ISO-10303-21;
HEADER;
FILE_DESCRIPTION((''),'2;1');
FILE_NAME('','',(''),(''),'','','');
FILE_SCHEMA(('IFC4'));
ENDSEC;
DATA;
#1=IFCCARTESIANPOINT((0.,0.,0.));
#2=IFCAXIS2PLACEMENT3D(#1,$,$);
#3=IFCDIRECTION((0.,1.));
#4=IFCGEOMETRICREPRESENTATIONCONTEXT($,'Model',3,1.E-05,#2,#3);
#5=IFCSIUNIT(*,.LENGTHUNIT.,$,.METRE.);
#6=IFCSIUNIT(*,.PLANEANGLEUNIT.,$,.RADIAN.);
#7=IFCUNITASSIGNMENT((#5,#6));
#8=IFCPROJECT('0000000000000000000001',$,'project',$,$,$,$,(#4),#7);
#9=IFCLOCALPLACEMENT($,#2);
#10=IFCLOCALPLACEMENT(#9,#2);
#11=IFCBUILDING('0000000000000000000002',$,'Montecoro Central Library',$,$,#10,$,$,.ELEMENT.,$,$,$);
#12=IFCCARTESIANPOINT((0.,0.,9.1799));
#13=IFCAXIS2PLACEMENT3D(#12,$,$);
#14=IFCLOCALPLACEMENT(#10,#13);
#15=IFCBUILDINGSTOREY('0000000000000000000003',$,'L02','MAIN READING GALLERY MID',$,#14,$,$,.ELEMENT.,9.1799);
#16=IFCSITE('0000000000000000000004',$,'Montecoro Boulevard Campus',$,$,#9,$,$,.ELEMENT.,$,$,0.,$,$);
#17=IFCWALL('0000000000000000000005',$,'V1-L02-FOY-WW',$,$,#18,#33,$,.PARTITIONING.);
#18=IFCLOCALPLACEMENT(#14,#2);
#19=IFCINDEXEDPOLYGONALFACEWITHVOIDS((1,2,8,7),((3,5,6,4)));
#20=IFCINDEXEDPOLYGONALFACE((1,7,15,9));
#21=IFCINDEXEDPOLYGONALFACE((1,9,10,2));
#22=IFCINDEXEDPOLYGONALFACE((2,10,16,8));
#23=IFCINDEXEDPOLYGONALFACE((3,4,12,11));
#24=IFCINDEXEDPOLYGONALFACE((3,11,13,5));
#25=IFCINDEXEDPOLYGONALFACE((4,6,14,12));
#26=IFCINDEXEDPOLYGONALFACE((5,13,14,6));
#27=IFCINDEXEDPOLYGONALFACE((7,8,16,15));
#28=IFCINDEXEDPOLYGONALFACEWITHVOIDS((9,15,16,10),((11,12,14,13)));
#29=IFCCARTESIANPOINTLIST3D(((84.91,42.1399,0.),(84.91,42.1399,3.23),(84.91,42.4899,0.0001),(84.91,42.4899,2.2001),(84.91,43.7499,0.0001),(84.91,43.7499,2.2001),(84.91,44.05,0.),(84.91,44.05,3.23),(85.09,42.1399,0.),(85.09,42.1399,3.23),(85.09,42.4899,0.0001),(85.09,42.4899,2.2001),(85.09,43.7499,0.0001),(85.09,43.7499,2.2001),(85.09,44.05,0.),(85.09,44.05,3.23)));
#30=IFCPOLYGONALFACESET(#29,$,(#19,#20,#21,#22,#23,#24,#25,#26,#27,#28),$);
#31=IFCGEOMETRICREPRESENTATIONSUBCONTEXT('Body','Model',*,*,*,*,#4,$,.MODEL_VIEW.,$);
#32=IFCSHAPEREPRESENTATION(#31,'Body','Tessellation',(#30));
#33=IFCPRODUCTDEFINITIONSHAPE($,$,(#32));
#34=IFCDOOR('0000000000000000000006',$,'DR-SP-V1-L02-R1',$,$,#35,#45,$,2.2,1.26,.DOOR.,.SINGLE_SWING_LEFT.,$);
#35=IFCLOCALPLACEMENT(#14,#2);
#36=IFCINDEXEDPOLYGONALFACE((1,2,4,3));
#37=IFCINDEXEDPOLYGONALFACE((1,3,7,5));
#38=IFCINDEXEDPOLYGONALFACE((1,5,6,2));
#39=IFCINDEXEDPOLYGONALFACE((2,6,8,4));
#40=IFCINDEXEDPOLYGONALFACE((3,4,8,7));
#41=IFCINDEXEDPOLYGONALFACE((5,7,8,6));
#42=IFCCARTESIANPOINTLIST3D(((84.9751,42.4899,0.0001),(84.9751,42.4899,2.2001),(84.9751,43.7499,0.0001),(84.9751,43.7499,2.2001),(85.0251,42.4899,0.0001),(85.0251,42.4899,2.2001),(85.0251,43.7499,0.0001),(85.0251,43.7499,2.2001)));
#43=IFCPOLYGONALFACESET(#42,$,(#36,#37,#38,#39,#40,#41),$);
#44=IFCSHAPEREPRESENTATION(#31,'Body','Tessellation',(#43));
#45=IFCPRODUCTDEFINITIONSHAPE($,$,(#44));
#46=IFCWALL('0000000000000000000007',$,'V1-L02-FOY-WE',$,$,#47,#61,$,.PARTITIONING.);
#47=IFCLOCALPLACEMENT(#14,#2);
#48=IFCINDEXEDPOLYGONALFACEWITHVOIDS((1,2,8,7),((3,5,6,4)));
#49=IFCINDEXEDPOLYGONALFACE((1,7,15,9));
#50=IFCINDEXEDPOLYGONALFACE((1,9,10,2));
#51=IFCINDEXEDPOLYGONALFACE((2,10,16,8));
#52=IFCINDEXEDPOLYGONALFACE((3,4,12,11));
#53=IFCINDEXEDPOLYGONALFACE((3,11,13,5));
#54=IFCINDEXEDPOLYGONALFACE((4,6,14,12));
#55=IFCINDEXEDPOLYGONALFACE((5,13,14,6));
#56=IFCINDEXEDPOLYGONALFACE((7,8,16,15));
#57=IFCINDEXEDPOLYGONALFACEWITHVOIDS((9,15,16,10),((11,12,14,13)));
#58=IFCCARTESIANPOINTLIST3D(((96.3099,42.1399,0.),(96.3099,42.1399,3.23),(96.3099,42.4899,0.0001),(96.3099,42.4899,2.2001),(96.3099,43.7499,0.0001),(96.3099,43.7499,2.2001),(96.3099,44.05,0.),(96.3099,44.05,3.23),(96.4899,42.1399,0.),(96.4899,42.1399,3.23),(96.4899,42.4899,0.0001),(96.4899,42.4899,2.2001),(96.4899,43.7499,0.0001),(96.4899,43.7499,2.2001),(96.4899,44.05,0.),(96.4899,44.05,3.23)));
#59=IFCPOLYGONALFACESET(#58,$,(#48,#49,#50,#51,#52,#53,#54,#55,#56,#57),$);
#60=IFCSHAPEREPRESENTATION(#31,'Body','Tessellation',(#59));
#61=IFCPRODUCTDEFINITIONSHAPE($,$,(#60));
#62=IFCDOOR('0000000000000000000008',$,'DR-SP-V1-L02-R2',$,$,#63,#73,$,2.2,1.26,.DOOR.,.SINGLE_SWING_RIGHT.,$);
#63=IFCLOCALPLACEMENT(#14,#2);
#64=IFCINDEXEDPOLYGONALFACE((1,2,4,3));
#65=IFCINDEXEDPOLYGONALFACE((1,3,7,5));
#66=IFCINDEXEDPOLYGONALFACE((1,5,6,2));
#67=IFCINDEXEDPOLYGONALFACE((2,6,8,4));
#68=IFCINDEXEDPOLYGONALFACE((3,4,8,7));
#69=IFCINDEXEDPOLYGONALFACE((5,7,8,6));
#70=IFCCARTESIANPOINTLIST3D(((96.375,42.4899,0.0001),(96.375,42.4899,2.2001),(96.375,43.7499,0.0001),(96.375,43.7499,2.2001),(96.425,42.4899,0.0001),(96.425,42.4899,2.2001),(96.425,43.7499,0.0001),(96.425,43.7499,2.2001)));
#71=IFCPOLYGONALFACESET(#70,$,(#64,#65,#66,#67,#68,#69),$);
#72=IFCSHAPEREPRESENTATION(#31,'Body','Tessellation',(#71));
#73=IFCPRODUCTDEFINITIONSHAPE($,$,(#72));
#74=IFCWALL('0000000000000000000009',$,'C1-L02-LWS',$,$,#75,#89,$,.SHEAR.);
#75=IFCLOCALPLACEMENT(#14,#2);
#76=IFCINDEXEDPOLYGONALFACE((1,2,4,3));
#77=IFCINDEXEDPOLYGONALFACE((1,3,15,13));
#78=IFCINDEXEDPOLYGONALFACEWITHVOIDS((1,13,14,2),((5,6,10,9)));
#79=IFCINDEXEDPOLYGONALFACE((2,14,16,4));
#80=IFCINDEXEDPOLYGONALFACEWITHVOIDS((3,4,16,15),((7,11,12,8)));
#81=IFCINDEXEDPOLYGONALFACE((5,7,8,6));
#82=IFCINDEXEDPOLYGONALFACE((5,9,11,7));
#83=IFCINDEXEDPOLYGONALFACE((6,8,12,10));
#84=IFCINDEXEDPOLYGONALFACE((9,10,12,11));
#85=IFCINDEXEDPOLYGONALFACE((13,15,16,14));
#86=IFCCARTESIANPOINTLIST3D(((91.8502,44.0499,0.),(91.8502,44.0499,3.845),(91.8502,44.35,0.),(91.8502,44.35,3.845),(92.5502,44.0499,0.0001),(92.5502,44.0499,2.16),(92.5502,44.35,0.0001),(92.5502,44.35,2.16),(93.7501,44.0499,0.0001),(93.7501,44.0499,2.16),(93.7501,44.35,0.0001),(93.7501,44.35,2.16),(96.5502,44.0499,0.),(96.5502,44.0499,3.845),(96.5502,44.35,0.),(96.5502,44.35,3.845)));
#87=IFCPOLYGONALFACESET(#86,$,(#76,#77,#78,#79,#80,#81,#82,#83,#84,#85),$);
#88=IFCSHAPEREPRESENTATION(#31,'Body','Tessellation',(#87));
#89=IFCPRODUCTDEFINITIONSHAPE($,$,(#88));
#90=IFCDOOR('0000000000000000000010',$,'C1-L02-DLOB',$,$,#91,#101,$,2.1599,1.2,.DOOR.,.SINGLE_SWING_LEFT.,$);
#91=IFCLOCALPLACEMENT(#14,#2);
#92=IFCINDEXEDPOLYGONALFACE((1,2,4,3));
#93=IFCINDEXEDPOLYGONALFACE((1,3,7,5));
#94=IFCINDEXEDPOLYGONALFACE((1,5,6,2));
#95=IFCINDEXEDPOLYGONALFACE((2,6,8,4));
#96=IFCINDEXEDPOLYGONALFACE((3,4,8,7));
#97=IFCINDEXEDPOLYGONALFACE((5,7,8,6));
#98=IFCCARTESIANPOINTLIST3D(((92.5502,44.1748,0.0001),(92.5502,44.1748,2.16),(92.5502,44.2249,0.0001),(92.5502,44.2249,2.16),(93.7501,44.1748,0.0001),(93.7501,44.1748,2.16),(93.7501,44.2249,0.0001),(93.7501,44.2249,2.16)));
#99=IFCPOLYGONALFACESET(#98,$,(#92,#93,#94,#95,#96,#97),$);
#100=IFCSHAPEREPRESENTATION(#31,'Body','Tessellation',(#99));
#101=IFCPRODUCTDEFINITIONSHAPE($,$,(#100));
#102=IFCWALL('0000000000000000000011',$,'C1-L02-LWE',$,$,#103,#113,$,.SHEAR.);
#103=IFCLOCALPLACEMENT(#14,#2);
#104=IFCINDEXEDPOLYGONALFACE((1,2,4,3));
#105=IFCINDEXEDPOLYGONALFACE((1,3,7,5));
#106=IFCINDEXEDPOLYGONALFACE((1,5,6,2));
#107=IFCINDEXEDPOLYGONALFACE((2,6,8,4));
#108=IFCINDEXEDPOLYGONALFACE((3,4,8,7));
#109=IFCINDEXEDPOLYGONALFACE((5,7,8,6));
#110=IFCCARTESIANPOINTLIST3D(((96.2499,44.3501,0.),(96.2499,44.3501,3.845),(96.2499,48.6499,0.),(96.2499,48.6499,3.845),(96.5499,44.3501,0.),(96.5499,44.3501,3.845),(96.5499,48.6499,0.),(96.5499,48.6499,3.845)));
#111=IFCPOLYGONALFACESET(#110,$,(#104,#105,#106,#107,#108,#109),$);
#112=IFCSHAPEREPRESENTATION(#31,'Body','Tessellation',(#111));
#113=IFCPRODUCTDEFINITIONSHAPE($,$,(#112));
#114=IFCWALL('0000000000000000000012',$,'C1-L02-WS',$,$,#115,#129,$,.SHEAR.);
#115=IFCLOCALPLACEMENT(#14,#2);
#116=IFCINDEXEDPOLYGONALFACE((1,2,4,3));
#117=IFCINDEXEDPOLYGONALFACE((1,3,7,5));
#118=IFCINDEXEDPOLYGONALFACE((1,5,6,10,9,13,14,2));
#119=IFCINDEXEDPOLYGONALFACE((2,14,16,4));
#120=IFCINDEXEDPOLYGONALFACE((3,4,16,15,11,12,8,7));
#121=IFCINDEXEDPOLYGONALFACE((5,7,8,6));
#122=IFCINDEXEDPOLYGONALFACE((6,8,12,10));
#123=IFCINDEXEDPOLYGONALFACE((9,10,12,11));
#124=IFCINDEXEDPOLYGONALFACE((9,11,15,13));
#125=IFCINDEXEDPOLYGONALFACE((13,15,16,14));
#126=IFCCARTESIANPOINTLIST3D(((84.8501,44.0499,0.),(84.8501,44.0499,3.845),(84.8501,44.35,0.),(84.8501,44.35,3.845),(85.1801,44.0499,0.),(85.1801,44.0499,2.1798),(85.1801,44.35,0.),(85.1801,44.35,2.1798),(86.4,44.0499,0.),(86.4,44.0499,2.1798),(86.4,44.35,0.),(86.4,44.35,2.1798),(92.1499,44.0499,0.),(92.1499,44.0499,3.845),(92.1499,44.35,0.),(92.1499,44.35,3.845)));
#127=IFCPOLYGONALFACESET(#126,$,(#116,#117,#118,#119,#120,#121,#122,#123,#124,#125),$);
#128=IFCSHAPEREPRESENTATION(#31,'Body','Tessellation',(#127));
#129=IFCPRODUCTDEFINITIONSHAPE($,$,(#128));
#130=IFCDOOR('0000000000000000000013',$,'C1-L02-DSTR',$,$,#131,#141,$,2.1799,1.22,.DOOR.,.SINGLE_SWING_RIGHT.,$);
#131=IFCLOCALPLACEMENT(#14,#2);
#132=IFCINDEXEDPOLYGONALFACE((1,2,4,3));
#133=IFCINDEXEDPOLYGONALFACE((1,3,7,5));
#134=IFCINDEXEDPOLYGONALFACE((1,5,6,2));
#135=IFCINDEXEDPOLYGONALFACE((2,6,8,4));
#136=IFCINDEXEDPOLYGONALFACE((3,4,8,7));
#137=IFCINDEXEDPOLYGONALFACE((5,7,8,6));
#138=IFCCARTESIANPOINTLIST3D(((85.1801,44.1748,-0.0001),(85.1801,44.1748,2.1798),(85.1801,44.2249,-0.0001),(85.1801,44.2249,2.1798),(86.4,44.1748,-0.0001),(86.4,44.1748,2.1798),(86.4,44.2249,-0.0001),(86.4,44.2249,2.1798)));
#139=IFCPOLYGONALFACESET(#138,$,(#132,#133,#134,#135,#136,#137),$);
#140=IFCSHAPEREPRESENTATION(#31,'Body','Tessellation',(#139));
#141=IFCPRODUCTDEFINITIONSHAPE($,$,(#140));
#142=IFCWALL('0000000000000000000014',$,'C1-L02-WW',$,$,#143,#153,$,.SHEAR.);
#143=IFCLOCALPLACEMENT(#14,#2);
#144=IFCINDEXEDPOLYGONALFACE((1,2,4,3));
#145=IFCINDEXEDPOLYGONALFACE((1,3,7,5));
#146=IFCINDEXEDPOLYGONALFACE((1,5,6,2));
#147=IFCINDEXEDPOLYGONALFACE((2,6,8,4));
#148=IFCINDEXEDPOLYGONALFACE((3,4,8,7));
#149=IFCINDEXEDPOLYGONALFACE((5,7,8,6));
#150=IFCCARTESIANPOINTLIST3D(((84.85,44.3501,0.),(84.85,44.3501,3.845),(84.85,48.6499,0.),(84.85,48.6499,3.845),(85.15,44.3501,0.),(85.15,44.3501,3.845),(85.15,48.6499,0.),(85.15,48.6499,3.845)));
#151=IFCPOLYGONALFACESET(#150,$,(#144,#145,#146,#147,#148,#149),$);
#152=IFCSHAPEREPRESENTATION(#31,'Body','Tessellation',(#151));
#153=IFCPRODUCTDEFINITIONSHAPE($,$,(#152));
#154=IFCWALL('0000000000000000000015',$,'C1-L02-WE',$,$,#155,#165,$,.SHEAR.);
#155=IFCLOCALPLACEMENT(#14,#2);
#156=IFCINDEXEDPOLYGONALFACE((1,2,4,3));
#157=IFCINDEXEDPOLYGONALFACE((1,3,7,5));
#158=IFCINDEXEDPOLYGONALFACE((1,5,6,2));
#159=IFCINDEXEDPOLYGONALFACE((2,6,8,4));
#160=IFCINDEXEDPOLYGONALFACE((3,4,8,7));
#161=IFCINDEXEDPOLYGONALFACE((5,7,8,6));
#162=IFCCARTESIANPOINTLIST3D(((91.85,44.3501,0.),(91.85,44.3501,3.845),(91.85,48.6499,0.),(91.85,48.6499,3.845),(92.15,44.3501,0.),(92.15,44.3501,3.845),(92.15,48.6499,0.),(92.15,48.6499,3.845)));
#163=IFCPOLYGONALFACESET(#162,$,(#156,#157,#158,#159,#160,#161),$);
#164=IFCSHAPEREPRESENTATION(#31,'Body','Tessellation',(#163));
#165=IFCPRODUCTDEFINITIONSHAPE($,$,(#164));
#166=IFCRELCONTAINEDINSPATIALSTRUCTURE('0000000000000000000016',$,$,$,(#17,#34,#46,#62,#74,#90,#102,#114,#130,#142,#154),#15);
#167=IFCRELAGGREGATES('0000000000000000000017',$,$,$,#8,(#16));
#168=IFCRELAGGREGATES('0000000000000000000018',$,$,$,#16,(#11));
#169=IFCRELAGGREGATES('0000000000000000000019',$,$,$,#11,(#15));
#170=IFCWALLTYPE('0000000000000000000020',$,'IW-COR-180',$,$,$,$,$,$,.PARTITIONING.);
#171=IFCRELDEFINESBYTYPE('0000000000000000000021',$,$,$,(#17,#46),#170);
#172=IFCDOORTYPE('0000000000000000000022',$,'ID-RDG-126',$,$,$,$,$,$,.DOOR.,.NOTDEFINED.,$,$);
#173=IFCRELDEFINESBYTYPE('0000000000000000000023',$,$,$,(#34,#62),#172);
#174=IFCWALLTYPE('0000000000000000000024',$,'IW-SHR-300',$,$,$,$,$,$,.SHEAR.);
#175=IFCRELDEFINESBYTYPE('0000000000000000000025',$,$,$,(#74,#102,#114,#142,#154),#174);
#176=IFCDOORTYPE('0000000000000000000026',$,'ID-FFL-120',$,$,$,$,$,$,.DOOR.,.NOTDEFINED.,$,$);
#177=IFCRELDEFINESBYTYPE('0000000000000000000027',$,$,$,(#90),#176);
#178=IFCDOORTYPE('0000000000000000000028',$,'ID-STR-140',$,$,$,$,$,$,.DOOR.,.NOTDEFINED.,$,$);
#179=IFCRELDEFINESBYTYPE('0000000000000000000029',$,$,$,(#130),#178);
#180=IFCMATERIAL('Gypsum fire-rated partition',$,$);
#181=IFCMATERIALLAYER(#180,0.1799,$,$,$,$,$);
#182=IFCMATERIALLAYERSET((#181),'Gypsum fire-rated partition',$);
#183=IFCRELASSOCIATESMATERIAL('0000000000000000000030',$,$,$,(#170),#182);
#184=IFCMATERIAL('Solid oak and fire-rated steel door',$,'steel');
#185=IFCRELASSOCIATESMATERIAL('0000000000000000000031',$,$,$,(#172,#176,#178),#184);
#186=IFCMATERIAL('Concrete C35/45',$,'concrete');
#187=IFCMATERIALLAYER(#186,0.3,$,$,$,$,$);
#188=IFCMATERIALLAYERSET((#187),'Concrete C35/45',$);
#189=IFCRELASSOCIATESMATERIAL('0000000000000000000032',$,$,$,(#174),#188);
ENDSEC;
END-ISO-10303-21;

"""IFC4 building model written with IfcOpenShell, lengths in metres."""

from ifc_helpers import new_model, si_unit, direction, frame, frame_2d, origin, place, context, subcontext, project, spatial, rectangle, extrude, material, layer, layer_set, type_object, element, fill, save


model = new_model("IFC4")

# Units and contexts
model_context = context("Model", 3, precision=1e-05, world=origin(), true_north=direction((0.0, 1.0)))
body_context = subcontext(model_context, "Body", "Model", "MODEL_VIEW")
ifc_project = project(units=[si_unit("LENGTHUNIT", "METRE"), si_unit("PLANEANGLEUNIT", "RADIAN")], contexts=[model_context])

# Site, building, storey
site_placement = place(None, origin())
site = spatial("IfcSite", under=ifc_project, at=site_placement, Name="Montecoro Boulevard Campus", CompositionType="ELEMENT", RefElevation=0.0)
building_placement = place(site_placement, origin())
building = spatial("IfcBuilding", under=site, at=building_placement, Name="Montecoro Central Library", CompositionType="ELEMENT")
storey_placement = place(building_placement, frame((0.0, 0.0, 9.1799)))
storey = spatial("IfcBuildingStorey", under=building, at=storey_placement, Name="L02", Description="MAIN READING GALLERY MID", CompositionType="ELEMENT", Elevation=9.1799)

# Shared definitions
ifc_material_1 = material(Name="Concrete C35/45", Category="concrete")

# Shared definitions
ifc_material_2 = material(Name="Gypsum fire-rated partition")
ifc_layer_1 = layer(ifc_material_2, 0.1799)
ifc_layer_set_1 = layer_set([ifc_layer_1], Name="Gypsum fire-rated partition")
wall_type_1 = type_object("IfcWallType", Name="IW-COR-180", PredefinedType="PARTITIONING", material=ifc_layer_set_1)

# Walls, openings, doors
wall_1_placement = place(storey_placement, frame((85.0, 42.1399, 0.0), z_axis=(0.0, 0.0, 1.0), x_axis=(0.0, 1.0, 0.0)))
wall_1 = element("IfcWall", 1, at=wall_1_placement, inside=storey, type_object=wall_type_1, Name="V1-L02-FOY-WW", PredefinedType="PARTITIONING", context=body_context, shape_type="SweptSolid", body=[
    extrude(rectangle(XDim=1.9102, YDim=0.1799, at=frame_2d((0.9551, 0.0))), origin(), (0.0, 0.0, 1.0), 3.23),
])
opening_1_placement = place(wall_1_placement, frame((0.3501, 0.0, 0.0)))
opening_1 = element("IfcOpeningElement", 2, at=opening_1_placement, cuts=wall_1, PredefinedType="OPENING", context=body_context, shape_type="SweptSolid", body=[
    extrude(rectangle(XDim=1.26, YDim=2.2, at=frame_2d((0.6299, 1.1001))), frame((0.0, 0.0999, 0.0), z_axis=(0.0, -1.0, 0.0), x_axis=(1.0, 0.0, 0.0)), (0.0, 0.0, 1.0), 0.2),
])
ifc_material_3 = material(Name="Solid oak and fire-rated steel door", Category="steel")
door_type_1 = type_object("IfcDoorType", Name="ID-RDG-126", OperationType="NOTDEFINED", PredefinedType="DOOR", material=ifc_material_3)
door_1_placement = place(opening_1_placement, origin())
door_1 = element("IfcDoor", 3, at=door_1_placement, inside=storey, type_object=door_type_1, Name="DR-SP-V1-L02-R1", OperationType="SINGLE_SWING_LEFT", OverallHeight=2.2, OverallWidth=1.26, PredefinedType="DOOR", context=body_context, shape_type="SweptSolid", body=[
    extrude(rectangle(XDim=1.26, YDim=2.2, at=frame_2d((0.6299, 1.1001))), frame((0.0, 0.0249, 0.0), z_axis=(0.0, -1.0, 0.0), x_axis=(1.0, 0.0, 0.0)), (0.0, 0.0, 1.0), 0.05),
])
fill(opening_1, door_1)
wall_2_placement = place(storey_placement, frame((96.3999, 42.1399, 0.0), z_axis=(0.0, 0.0, 1.0), x_axis=(0.0, 1.0, 0.0)))
wall_2 = element("IfcWall", 4, at=wall_2_placement, inside=storey, type_object=wall_type_1, Name="V1-L02-FOY-WE", PredefinedType="PARTITIONING", context=body_context, shape_type="SweptSolid", body=[
    extrude(rectangle(XDim=1.9102, YDim=0.1799, at=frame_2d((0.9551, 0.0))), origin(), (0.0, 0.0, 1.0), 3.23),
])
opening_2_placement = place(wall_2_placement, frame((0.3501, 0.0, 0.0)))
opening_2 = element("IfcOpeningElement", 5, at=opening_2_placement, cuts=wall_2, PredefinedType="OPENING", context=body_context, shape_type="SweptSolid", body=[
    extrude(rectangle(XDim=1.26, YDim=2.2, at=frame_2d((0.6299, 1.1001))), frame((0.0, 0.0999, 0.0), z_axis=(0.0, -1.0, 0.0), x_axis=(1.0, 0.0, 0.0)), (0.0, 0.0, 1.0), 0.2),
])
door_2_placement = place(opening_2_placement, origin())
door_2 = element("IfcDoor", 6, at=door_2_placement, inside=storey, type_object=door_type_1, Name="DR-SP-V1-L02-R2", OperationType="SINGLE_SWING_RIGHT", OverallHeight=2.2, OverallWidth=1.26, PredefinedType="DOOR", context=body_context, shape_type="SweptSolid", body=[
    extrude(rectangle(XDim=1.26, YDim=2.2, at=frame_2d((0.6299, 1.1001))), frame((0.0, 0.0249, 0.0), z_axis=(0.0, -1.0, 0.0), x_axis=(1.0, 0.0, 0.0)), (0.0, 0.0, 1.0), 0.05),
])
fill(opening_2, door_2)
ifc_layer_2 = layer(ifc_material_1, 0.3)
ifc_layer_set_2 = layer_set([ifc_layer_2], Name="Concrete C35/45")
wall_type_2 = type_object("IfcWallType", Name="IW-SHR-300", PredefinedType="SHEAR", material=ifc_layer_set_2)
wall_3_placement = place(storey_placement, frame((91.8501, 44.2, 0.0), z_axis=(0.0, 0.0, 1.0), x_axis=(1.0, 0.0, 0.0)))
wall_3 = element("IfcWall", 7, at=wall_3_placement, inside=storey, type_object=wall_type_2, Name="C1-L02-LWS", PredefinedType="SHEAR", context=body_context, shape_type="SweptSolid", body=[
    extrude(rectangle(XDim=4.7, YDim=0.3, at=frame_2d((2.3501, 0.0))), origin(), (0.0, 0.0, 1.0), 3.845),
])
opening_3_placement = place(wall_3_placement, frame((0.7, 0.0, 0.0)))
opening_3 = element("IfcOpeningElement", 8, at=opening_3_placement, cuts=wall_3, PredefinedType="OPENING", context=body_context, shape_type="SweptSolid", body=[
    extrude(rectangle(XDim=1.2, YDim=2.1599, at=frame_2d((0.6001, 1.0801))), frame((0.0, 0.1599, 0.0), z_axis=(0.0, -1.0, 0.0), x_axis=(1.0, 0.0, 0.0)), (0.0, 0.0, 1.0), 0.3201),
])
door_type_2 = type_object("IfcDoorType", Name="ID-FFL-120", OperationType="NOTDEFINED", PredefinedType="DOOR", material=ifc_material_3)
door_3_placement = place(opening_3_placement, origin())
door_3 = element("IfcDoor", 9, at=door_3_placement, inside=storey, type_object=door_type_2, Name="C1-L02-DLOB", OperationType="SINGLE_SWING_LEFT", OverallHeight=2.1599, OverallWidth=1.2, PredefinedType="DOOR", context=body_context, shape_type="SweptSolid", body=[
    extrude(rectangle(XDim=1.2, YDim=2.1599, at=frame_2d((0.6001, 1.0801))), frame((0.0, 0.0249, 0.0), z_axis=(0.0, -1.0, 0.0), x_axis=(1.0, 0.0, 0.0)), (0.0, 0.0, 1.0), 0.05),
])
fill(opening_3, door_3)

# Wall
wall_4_placement = place(storey_placement, frame((96.3999, 44.3501, 0.0), z_axis=(0.0, 0.0, 1.0), x_axis=(0.0, 1.0, 0.0)))
element("IfcWall", 10, at=wall_4_placement, inside=storey, type_object=wall_type_2, Name="C1-L02-LWE", PredefinedType="SHEAR", context=body_context, shape_type="SweptSolid", body=[
    extrude(rectangle(XDim=4.2998, YDim=0.3, at=frame_2d((2.1499, 0.0))), origin(), (0.0, 0.0, 1.0), 3.845),
])

# Wall, opening, door
wall_5_placement = place(storey_placement, frame((84.8501, 44.2, 0.0), z_axis=(0.0, 0.0, 1.0), x_axis=(1.0, 0.0, 0.0)))
wall_5 = element("IfcWall", 11, at=wall_5_placement, inside=storey, type_object=wall_type_2, Name="C1-L02-WS", PredefinedType="SHEAR", context=body_context, shape_type="SweptSolid", body=[
    extrude(rectangle(XDim=7.2998, YDim=0.3, at=frame_2d((3.6499, 0.0))), origin(), (0.0, 0.0, 1.0), 3.845),
])
opening_4_placement = place(wall_5_placement, frame((0.3301, 0.0, 0.0)))
opening_4 = element("IfcOpeningElement", 12, at=opening_4_placement, cuts=wall_5, PredefinedType="OPENING", context=body_context, shape_type="SweptSolid", body=[
    extrude(rectangle(XDim=1.22, YDim=2.1799, at=frame_2d((0.6099, 1.0898))), frame((0.0, 0.1599, 0.0), z_axis=(0.0, -1.0, 0.0), x_axis=(1.0, 0.0, 0.0)), (0.0, 0.0, 1.0), 0.3201),
])
door_type_3 = type_object("IfcDoorType", Name="ID-STR-140", OperationType="NOTDEFINED", PredefinedType="DOOR", material=ifc_material_3)
door_4_placement = place(opening_4_placement, origin())
door_4 = element("IfcDoor", 13, at=door_4_placement, inside=storey, type_object=door_type_3, Name="C1-L02-DSTR", OperationType="SINGLE_SWING_RIGHT", OverallHeight=2.1799, OverallWidth=1.22, PredefinedType="DOOR", context=body_context, shape_type="SweptSolid", body=[
    extrude(rectangle(XDim=1.22, YDim=2.1799, at=frame_2d((0.6099, 1.0898))), frame((0.0, 0.0249, 0.0), z_axis=(0.0, -1.0, 0.0), x_axis=(1.0, 0.0, 0.0)), (0.0, 0.0, 1.0), 0.05),
])
fill(opening_4, door_4)

# Walls
for number, where, z_axis, x_axis, name in (
    (14, (85.0, 44.3501, 0.0), (0.0, 0.0, 1.0), (0.0, 1.0, 0.0), "C1-L02-WW"),
    (15, (92.0, 44.3501, 0.0), (0.0, 0.0, 1.0), (0.0, 1.0, 0.0), "C1-L02-WE"),
):
    element("IfcWall", number, at=place(storey_placement, frame(where, z_axis=z_axis, x_axis=x_axis)), inside=storey, type_object=wall_type_2, Name=name, PredefinedType="SHEAR", context=body_context, shape_type="SweptSolid", body=[
        extrude(rectangle(XDim=4.2998, YDim=0.3, at=frame_2d((2.1499, 0.0))), origin(), (0.0, 0.0, 1.0), 3.845),
    ])

save(model, "model.ifc")
